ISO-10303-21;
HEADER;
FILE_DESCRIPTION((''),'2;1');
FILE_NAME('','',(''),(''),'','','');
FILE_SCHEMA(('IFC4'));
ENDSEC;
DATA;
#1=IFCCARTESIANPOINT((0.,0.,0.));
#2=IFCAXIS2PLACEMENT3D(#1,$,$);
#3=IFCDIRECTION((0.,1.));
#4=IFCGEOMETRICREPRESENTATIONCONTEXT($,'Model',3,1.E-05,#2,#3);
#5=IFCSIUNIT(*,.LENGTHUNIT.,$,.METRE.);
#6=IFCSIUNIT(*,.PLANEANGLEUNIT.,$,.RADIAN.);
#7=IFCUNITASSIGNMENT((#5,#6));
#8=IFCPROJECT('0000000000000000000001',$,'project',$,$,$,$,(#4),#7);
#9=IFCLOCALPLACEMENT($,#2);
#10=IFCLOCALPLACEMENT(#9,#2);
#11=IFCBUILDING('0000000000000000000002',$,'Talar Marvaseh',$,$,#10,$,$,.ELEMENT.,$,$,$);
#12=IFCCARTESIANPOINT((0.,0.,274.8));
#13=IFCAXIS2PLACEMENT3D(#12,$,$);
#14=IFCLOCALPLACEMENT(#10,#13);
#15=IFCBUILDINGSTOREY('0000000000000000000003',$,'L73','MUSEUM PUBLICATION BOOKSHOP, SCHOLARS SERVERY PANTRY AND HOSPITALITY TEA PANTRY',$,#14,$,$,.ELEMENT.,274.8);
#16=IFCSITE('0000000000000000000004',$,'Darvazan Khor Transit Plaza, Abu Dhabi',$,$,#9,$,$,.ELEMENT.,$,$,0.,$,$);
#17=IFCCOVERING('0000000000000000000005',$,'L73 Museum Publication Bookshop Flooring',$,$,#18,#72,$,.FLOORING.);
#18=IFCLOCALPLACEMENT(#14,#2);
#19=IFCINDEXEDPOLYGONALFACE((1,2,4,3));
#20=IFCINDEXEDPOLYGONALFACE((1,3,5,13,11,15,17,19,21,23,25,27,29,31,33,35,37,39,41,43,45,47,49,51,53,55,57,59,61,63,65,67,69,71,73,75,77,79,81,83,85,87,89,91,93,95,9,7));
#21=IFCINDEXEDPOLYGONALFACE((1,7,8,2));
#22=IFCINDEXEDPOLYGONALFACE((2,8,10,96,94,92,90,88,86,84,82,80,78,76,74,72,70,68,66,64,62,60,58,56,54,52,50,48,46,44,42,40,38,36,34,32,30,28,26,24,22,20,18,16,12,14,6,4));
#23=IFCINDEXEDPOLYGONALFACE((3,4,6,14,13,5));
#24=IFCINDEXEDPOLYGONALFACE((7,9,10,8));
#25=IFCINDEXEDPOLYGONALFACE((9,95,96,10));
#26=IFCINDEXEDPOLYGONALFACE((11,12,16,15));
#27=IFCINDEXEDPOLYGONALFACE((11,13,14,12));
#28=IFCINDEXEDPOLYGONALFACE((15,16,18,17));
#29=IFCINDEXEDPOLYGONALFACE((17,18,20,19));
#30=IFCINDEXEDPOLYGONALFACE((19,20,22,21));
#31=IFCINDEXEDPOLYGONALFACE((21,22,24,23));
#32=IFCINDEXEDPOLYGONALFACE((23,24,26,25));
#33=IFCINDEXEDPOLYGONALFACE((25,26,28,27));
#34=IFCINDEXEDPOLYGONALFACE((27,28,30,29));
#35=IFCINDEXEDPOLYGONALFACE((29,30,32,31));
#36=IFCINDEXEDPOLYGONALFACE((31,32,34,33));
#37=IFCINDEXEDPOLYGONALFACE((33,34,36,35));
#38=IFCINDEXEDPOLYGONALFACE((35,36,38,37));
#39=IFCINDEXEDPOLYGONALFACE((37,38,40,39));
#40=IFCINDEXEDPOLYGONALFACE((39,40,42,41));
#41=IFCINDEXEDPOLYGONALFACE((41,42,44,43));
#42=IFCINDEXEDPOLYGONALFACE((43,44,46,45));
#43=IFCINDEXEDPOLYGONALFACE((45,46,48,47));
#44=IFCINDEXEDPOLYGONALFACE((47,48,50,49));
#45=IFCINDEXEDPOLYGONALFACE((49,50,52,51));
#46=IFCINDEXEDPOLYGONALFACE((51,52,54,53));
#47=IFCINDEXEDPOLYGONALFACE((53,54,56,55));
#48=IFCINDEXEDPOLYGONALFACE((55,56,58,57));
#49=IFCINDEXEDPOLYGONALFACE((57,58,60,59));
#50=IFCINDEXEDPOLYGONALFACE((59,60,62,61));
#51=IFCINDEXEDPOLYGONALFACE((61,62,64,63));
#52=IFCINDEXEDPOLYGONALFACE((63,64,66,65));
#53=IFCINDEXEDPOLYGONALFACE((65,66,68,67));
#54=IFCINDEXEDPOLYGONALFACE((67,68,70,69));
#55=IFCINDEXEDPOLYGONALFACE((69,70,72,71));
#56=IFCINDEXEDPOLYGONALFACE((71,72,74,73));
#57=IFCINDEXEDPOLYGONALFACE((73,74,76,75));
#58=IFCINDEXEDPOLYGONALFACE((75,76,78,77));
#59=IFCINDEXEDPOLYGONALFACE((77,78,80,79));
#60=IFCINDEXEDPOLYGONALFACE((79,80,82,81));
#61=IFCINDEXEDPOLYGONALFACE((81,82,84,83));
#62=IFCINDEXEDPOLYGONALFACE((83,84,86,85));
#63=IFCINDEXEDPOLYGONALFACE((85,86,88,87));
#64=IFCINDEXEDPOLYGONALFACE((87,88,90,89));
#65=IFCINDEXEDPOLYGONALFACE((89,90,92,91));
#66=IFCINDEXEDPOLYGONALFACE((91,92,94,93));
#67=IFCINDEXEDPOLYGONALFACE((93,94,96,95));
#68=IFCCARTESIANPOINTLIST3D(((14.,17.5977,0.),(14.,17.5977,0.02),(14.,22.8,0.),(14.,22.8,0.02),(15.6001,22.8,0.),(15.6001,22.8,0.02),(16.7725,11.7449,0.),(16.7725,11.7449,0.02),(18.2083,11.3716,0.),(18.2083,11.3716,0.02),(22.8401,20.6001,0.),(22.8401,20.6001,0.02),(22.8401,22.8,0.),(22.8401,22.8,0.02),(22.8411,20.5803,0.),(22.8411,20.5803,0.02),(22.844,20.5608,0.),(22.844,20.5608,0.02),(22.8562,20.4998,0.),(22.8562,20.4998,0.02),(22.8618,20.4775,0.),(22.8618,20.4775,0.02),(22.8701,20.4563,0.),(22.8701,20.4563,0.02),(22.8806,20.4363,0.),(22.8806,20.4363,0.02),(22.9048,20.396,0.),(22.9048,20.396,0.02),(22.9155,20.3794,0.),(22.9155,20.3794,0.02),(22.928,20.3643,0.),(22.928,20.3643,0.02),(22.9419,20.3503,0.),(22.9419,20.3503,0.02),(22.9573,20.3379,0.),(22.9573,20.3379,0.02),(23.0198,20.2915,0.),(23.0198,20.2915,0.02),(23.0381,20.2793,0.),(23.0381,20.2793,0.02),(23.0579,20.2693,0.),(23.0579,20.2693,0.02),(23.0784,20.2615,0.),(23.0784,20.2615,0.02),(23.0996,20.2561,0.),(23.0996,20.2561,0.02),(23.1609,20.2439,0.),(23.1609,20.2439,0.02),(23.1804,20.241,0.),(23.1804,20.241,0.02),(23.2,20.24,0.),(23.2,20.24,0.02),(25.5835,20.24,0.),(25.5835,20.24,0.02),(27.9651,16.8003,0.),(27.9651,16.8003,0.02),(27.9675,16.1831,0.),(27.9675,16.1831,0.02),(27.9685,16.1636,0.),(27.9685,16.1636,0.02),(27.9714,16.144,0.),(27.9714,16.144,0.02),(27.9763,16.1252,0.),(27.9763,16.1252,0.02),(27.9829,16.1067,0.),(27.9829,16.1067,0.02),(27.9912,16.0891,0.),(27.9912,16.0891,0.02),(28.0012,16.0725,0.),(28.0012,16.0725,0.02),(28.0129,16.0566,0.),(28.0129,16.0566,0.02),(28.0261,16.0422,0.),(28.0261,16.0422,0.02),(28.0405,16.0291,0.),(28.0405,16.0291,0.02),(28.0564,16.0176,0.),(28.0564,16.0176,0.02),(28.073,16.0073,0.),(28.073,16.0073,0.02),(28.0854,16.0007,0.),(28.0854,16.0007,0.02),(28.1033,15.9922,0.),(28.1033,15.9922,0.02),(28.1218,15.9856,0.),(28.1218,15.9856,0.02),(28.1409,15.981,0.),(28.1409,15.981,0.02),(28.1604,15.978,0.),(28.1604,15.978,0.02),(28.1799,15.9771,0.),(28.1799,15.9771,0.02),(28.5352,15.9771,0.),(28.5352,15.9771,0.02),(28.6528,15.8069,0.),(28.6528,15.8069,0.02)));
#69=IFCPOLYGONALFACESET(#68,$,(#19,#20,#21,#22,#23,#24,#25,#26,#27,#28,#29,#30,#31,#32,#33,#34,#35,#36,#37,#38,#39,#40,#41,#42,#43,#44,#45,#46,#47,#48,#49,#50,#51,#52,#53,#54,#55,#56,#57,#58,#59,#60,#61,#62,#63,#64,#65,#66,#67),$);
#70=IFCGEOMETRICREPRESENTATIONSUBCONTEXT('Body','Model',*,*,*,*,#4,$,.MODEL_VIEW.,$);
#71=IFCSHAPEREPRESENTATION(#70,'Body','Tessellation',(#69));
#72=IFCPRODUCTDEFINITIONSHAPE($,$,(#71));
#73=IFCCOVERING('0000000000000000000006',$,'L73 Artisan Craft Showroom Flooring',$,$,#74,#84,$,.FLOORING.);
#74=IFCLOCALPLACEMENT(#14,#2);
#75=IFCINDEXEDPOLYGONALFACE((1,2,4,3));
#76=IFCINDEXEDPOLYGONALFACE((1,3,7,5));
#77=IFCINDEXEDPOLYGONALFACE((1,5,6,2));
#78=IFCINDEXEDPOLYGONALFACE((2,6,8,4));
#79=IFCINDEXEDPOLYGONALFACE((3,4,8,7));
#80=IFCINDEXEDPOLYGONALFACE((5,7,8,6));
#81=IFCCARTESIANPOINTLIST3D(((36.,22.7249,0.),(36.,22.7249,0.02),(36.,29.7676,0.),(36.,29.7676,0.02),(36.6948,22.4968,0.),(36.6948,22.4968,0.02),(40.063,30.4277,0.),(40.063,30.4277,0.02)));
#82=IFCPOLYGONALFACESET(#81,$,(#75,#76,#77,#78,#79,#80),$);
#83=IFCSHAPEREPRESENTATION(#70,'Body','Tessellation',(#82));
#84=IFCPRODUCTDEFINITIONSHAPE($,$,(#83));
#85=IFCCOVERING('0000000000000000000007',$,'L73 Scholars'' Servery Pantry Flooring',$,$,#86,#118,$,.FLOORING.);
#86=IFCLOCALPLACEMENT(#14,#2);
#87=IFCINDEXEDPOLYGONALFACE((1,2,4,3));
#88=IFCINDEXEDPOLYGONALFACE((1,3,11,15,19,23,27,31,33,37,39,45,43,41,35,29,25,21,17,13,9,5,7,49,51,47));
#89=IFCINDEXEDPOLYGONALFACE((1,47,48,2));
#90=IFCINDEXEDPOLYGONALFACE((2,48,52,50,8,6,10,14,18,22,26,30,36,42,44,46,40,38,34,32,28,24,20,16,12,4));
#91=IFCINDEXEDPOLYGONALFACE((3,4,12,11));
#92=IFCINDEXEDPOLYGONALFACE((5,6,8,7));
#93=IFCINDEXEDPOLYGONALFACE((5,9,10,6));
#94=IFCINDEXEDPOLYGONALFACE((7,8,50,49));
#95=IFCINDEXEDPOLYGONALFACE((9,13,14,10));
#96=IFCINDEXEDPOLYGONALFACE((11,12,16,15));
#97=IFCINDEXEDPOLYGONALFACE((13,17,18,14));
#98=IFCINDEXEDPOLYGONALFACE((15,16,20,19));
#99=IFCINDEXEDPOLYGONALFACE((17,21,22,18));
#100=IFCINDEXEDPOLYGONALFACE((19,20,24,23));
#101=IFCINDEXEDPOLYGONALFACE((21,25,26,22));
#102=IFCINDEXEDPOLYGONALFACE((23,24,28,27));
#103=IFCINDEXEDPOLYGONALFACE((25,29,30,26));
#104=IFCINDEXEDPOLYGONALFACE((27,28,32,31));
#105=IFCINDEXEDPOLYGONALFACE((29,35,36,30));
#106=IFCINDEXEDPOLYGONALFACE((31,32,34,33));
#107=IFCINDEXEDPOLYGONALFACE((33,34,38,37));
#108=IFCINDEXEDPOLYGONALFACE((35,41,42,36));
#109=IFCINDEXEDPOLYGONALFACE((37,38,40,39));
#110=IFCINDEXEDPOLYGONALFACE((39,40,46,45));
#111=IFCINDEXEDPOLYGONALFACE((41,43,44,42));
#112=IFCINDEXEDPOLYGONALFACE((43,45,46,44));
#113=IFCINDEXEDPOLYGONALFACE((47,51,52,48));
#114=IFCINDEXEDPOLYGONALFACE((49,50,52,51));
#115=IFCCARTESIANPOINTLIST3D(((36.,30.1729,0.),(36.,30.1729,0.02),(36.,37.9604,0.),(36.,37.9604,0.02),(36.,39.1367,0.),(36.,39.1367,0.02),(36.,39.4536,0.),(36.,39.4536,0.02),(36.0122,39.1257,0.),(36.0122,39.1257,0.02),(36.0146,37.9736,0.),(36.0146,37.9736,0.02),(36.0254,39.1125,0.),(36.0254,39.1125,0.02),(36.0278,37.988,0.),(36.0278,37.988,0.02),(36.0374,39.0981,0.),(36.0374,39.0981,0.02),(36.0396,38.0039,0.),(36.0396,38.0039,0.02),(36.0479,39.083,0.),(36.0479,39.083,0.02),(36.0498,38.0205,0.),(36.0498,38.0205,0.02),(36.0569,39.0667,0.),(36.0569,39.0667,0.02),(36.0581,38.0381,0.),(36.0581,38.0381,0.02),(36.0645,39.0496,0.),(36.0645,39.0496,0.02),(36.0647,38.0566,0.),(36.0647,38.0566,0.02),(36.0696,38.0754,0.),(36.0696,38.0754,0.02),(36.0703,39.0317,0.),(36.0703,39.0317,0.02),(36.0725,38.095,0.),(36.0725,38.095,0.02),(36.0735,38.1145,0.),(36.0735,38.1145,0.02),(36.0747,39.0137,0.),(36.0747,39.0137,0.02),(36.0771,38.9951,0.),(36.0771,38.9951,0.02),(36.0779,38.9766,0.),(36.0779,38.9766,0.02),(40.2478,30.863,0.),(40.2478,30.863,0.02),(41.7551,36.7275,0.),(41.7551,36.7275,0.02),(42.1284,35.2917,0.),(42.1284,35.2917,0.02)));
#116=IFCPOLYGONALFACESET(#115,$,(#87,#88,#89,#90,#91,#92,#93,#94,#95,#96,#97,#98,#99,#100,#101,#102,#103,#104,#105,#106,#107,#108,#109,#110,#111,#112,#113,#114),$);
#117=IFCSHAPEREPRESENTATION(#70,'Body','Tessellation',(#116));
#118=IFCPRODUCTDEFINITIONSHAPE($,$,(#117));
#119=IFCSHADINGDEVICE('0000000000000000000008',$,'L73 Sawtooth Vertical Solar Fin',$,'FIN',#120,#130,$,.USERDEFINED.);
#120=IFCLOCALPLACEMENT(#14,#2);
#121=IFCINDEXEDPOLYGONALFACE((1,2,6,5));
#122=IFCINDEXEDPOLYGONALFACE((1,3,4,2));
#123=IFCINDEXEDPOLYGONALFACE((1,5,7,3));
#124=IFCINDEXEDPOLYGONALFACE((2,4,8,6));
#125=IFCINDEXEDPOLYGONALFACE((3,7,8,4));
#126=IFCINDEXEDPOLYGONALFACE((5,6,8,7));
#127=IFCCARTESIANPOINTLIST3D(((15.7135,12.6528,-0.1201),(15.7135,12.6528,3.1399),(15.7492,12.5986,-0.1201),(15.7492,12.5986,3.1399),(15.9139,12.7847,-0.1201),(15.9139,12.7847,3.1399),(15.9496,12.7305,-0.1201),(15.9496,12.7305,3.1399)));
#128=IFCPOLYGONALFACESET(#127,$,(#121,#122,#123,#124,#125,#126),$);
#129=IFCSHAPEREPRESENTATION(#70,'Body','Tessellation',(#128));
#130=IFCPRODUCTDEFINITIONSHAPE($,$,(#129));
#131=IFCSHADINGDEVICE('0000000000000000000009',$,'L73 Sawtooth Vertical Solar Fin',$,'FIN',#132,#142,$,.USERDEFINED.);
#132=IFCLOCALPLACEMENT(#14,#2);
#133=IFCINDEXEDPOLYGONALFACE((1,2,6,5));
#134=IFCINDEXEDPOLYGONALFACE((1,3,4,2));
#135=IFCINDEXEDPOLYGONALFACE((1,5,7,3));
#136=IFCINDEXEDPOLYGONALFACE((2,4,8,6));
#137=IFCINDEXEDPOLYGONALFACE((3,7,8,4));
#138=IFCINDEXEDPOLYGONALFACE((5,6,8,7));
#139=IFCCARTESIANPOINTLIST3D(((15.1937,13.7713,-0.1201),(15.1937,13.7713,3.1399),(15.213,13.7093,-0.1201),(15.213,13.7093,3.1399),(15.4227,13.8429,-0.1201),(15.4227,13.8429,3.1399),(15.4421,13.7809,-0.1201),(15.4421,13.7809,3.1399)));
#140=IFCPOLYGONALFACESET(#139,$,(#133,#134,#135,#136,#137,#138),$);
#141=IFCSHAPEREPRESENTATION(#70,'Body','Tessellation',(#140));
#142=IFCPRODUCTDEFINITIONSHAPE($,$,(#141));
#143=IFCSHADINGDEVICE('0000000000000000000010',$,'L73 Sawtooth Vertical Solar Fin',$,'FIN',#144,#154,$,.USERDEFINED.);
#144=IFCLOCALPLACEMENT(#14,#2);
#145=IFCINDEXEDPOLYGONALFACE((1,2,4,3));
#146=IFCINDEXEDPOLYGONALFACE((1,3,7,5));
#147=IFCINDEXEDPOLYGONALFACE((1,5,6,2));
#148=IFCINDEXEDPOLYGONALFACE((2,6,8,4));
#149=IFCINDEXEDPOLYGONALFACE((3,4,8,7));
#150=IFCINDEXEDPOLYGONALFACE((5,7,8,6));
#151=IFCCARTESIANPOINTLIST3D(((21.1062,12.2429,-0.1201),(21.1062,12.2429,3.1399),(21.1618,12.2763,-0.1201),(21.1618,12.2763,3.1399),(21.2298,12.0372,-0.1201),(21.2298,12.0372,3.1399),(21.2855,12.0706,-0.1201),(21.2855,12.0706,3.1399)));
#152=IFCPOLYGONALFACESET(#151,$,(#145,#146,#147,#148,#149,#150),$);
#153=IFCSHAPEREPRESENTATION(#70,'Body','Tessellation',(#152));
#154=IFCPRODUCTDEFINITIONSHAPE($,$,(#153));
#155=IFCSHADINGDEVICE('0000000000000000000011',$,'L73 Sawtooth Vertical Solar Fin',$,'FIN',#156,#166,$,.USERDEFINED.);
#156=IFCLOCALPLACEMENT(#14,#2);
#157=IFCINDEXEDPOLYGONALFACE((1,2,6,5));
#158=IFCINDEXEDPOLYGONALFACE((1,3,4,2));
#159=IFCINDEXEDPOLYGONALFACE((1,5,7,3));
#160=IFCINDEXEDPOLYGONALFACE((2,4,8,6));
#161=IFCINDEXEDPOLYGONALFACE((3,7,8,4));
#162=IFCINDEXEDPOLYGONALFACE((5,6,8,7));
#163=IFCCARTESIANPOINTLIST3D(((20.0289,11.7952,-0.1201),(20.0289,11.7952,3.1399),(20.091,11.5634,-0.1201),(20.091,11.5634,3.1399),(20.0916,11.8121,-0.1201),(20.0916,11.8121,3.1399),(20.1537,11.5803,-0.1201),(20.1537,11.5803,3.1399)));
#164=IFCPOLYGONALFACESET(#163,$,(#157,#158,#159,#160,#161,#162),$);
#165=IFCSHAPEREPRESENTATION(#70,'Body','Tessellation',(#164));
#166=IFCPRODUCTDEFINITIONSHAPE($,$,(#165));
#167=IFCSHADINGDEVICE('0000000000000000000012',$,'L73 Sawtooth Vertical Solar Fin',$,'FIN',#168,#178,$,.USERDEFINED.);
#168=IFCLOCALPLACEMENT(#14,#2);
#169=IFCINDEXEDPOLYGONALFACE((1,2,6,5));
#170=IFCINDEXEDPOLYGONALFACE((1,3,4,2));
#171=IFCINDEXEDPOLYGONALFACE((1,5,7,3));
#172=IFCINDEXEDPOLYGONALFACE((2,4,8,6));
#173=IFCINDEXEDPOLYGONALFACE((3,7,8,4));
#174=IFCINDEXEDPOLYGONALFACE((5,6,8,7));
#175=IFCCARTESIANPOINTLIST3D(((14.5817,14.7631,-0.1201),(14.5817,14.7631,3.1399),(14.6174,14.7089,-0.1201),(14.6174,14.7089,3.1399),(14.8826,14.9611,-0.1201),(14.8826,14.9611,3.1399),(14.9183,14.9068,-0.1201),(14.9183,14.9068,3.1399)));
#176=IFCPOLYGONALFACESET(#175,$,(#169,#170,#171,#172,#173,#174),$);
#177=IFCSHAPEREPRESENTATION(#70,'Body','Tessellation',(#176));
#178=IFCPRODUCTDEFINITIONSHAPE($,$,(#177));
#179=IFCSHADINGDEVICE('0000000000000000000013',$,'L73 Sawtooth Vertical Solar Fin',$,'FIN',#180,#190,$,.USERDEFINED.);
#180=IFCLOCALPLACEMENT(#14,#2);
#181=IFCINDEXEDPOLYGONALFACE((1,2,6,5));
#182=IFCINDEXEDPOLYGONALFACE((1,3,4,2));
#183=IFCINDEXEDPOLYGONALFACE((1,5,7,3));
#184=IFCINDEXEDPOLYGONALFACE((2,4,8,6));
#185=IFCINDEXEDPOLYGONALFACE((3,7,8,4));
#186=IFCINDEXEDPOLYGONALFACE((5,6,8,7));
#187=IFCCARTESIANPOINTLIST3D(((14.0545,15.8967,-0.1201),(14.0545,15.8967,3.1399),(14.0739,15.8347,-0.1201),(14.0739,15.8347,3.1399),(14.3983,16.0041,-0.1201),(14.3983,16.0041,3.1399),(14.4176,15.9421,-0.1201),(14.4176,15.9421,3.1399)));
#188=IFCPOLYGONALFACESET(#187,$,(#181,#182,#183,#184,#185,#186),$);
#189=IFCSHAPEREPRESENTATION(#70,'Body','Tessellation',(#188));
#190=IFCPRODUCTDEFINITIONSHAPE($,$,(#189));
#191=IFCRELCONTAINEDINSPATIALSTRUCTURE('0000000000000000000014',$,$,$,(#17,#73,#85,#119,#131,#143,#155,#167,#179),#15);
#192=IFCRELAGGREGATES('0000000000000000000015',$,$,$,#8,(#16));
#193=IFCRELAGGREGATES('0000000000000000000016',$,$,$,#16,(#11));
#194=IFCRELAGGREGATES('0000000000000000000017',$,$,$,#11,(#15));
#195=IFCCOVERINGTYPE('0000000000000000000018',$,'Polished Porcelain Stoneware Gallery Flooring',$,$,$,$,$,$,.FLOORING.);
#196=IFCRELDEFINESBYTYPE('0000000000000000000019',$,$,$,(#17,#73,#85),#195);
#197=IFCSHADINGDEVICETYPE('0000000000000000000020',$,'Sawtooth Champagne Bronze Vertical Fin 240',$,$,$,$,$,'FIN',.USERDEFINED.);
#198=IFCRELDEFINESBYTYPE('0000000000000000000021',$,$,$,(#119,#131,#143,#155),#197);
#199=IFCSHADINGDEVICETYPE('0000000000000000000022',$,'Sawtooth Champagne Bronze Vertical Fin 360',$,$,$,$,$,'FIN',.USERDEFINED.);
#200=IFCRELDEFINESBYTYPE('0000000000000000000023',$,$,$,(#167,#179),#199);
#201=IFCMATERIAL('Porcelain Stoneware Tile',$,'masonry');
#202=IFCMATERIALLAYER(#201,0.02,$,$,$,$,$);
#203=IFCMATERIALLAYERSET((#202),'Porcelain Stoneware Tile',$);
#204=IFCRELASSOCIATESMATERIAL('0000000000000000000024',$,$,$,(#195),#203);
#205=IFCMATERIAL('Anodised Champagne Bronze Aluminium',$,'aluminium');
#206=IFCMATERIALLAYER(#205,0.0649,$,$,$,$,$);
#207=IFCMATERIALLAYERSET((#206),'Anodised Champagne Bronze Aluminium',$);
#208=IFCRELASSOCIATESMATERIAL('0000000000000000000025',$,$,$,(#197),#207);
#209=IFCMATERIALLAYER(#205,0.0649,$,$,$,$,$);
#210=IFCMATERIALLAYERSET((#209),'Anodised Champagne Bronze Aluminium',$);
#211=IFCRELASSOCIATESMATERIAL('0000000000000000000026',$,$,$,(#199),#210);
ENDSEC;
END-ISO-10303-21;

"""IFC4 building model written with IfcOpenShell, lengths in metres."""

from ifc_helpers import new_model, si_unit, direction, frame, origin, origin_2d, place, context, subcontext, project, spatial, polyline, rectangle, outline, extrude, source, transform, mapped, material, layer, layer_set, type_object, type_shapes, element, save


model = new_model("IFC4")

# Units and contexts
model_context = context("Model", 3, precision=1e-05, world=origin(), true_north=direction((0.0, 1.0)))
body_context = subcontext(model_context, "Body", "Model", "MODEL_VIEW")
ifc_project = project(units=[si_unit("LENGTHUNIT", "METRE"), si_unit("PLANEANGLEUNIT", "RADIAN")], contexts=[model_context])

# Site, building, storey
site_placement = place(None, origin())
site = spatial("IfcSite", under=ifc_project, at=site_placement, Name="Darvazan Khor Transit Plaza, Abu Dhabi", CompositionType="ELEMENT", RefElevation=0.0)
building_placement = place(site_placement, origin())
building = spatial("IfcBuilding", under=site, at=building_placement, Name="Talar Marvaseh", CompositionType="ELEMENT")
storey_placement = place(building_placement, frame((0.0, 0.0, 274.8)))
storey = spatial("IfcBuildingStorey", under=building, at=storey_placement, Name="L73", Description="MUSEUM PUBLICATION BOOKSHOP, SCHOLARS SERVERY PANTRY AND HOSPITALITY TEA PANTRY", CompositionType="ELEMENT", Elevation=274.8)

# Coverings
ifc_material_1 = material(Name="Porcelain Stoneware Tile", Category="masonry")
ifc_layer_1 = layer(ifc_material_1, 0.02)
ifc_layer_set_1 = layer_set([ifc_layer_1], Name="Porcelain Stoneware Tile")
covering_type_1 = type_object("IfcCoveringType", Name="Polished Porcelain Stoneware Gallery Flooring", PredefinedType="FLOORING", material=ifc_layer_set_1)
covering_1_placement = place(storey_placement, origin())
element("IfcCovering", 1, at=covering_1_placement, inside=storey, type_object=covering_type_1, Name="L73 Museum Publication Bookshop Flooring", PredefinedType="FLOORING", context=body_context, shape_type="SweptSolid", body=[
    extrude(outline(polyline([(22.8401, 20.6001), (22.8411, 20.5803), (22.844, 20.5608), (22.8562, 20.4998), (22.8618, 20.4775), (22.8701, 20.4563), (22.8806, 20.4363), (22.9048, 20.396), (22.9155, 20.3794), (22.928, 20.3643), (22.9419, 20.3503), (22.9573, 20.3379), (23.0198, 20.2915), (23.0381, 20.2793), (23.0579, 20.2693), (23.0784, 20.2615), (23.0996, 20.2561), (23.1609, 20.2439), (23.1804, 20.241), (23.2, 20.24), (25.5835, 20.24), (27.9651, 16.8003), (27.9675, 16.1831), (27.9685, 16.1636), (27.9714, 16.144), (27.9763, 16.1252), (27.9829, 16.1067), (27.9912, 16.0891), (28.0012, 16.0725), (28.0129, 16.0566), (28.0261, 16.0422), (28.0405, 16.0291), (28.0564, 16.0176), (28.073, 16.0073), (28.0854, 16.0007), (28.1033, 15.9922), (28.1218, 15.9856), (28.1409, 15.981), (28.1604, 15.978), (28.1799, 15.9771), (28.5352, 15.9771), (28.6528, 15.8069), (18.2083, 11.3716), (16.7725, 11.7449), (14.0, 17.5977), (14.0, 22.8), (15.6001, 22.8), (22.8401, 22.8), (22.8401, 20.6001)])), origin(), (0.0, 0.0, 1.0), 0.02),
])
covering_2_placement = place(storey_placement, origin())
element("IfcCovering", 2, at=covering_2_placement, inside=storey, type_object=covering_type_1, Name="L73 Artisan Craft Showroom Flooring", PredefinedType="FLOORING", context=body_context, shape_type="SweptSolid", body=[
    extrude(outline(polyline([(36.6948, 22.4968), (36.0, 22.7249), (36.0, 29.7676), (40.063, 30.4277), (36.6948, 22.4968)])), origin(), (0.0, 0.0, 1.0), 0.02),
])
covering_3_placement = place(storey_placement, origin())
element("IfcCovering", 3, at=covering_3_placement, inside=storey, type_object=covering_type_1, Name="L73 Scholars' Servery Pantry Flooring", PredefinedType="FLOORING", context=body_context, shape_type="SweptSolid", body=[
    extrude(outline(polyline([(42.1284, 35.2917), (40.2478, 30.863), (36.0, 30.1729), (36.0, 37.9604), (36.0, 37.9604), (36.0146, 37.9736), (36.0278, 37.988), (36.0396, 38.0039), (36.0498, 38.0205), (36.0581, 38.0381), (36.0647, 38.0566), (36.0696, 38.0754), (36.0725, 38.095), (36.0735, 38.1145), (36.0779, 38.9766), (36.0771, 38.9951), (36.0747, 39.0137), (36.0703, 39.0317), (36.0645, 39.0496), (36.0569, 39.0667), (36.0479, 39.083), (36.0374, 39.0981), (36.0254, 39.1125), (36.0122, 39.1257), (36.0, 39.1367), (36.0, 39.4536), (41.7551, 36.7275), (42.1284, 35.2917)])), origin(), (0.0, 0.0, 1.0), 0.02),
])

# Shading devices
ifc_material_2 = material(Name="Anodised Champagne Bronze Aluminium", Category="aluminium")
ifc_layer_2 = layer(ifc_material_2, 0.0649)
ifc_layer_set_2 = layer_set([ifc_layer_2], Name="Anodised Champagne Bronze Aluminium")
shading_device_type_1 = type_object("IfcShadingDeviceType", Name="Sawtooth Champagne Bronze Vertical Fin 240", ElementType="FIN", PredefinedType="USERDEFINED", material=ifc_layer_set_2)
shared_shape_1 = source(origin(), body_context, "Body", "SweptSolid", [
    extrude(rectangle(XDim=0.24, YDim=0.0649, at=origin_2d()), origin(), (0.0, 0.0, 1.0), 3.26),
])
type_shapes(shading_device_type_1, [shared_shape_1])
for number, where, z_axis, x_axis, name in (
    (4, (15.8315, 12.6917, -0.1201), (0.0, 0.0, 1.0), (-0.835328, -0.549752, 0.0), "L73 Sawtooth Vertical Solar Fin"),
    (5, (15.3179, 13.7761, -0.1201), (0.0, 0.0, 1.0), (-0.954501, -0.298208, 0.0), "L73 Sawtooth Vertical Solar Fin"),
    (6, (21.1958, 12.1567, -0.1201), (0.0, 0.0, 1.0), (0.515188, -0.857077, 0.0), "L73 Sawtooth Vertical Solar Fin"),
    (7, (20.0913, 11.6877, -0.1201), (0.0, 0.0, 1.0), (0.258988, -0.965881, 0.0), "L73 Sawtooth Vertical Solar Fin"),
):
    element("IfcShadingDevice", number, at=place(storey_placement, frame(where, z_axis=z_axis, x_axis=x_axis)), inside=storey, type_object=shading_device_type_1, Name=name, ObjectType="FIN", PredefinedType="USERDEFINED", context=body_context, shape_type="MappedRepresentation", body=[
        mapped(shared_shape_1, transform((0.0, 0.0, 0.0), x_axis=(1.0, 0.0, 0.0), y_axis=(0.0, 1.0, 0.0), z_axis=(0.0, 0.0, 1.0), scale=1.0)),
    ])
ifc_layer_3 = layer(ifc_material_2, 0.0649)
ifc_layer_set_3 = layer_set([ifc_layer_3], Name="Anodised Champagne Bronze Aluminium")
shading_device_type_2 = type_object("IfcShadingDeviceType", Name="Sawtooth Champagne Bronze Vertical Fin 360", ElementType="FIN", PredefinedType="USERDEFINED", material=ifc_layer_set_3)
shared_shape_2 = source(origin(), body_context, "Body", "SweptSolid", [
    extrude(rectangle(XDim=0.3601, YDim=0.0649, at=origin_2d()), origin(), (0.0, 0.0, 1.0), 3.26),
])
type_shapes(shading_device_type_2, [shared_shape_2])
for number, where, z_axis, x_axis, name in (
    (8, (14.75, 14.835, -0.1201), (0.0, 0.0, 1.0), (-0.835328, -0.549752, 0.0), "L73 Sawtooth Vertical Solar Fin"),
    (9, (14.2361, 15.9194, -0.1201), (0.0, 0.0, 1.0), (-0.954501, -0.298208, 0.0), "L73 Sawtooth Vertical Solar Fin"),
):
    element("IfcShadingDevice", number, at=place(storey_placement, frame(where, z_axis=z_axis, x_axis=x_axis)), inside=storey, type_object=shading_device_type_2, Name=name, ObjectType="FIN", PredefinedType="USERDEFINED", context=body_context, shape_type="MappedRepresentation", body=[
        mapped(shared_shape_2, transform((0.0, 0.0, 0.0), x_axis=(1.0, 0.0, 0.0), y_axis=(0.0, 1.0, 0.0), z_axis=(0.0, 0.0, 1.0), scale=1.0)),
    ])

save(model, "model.ifc")
